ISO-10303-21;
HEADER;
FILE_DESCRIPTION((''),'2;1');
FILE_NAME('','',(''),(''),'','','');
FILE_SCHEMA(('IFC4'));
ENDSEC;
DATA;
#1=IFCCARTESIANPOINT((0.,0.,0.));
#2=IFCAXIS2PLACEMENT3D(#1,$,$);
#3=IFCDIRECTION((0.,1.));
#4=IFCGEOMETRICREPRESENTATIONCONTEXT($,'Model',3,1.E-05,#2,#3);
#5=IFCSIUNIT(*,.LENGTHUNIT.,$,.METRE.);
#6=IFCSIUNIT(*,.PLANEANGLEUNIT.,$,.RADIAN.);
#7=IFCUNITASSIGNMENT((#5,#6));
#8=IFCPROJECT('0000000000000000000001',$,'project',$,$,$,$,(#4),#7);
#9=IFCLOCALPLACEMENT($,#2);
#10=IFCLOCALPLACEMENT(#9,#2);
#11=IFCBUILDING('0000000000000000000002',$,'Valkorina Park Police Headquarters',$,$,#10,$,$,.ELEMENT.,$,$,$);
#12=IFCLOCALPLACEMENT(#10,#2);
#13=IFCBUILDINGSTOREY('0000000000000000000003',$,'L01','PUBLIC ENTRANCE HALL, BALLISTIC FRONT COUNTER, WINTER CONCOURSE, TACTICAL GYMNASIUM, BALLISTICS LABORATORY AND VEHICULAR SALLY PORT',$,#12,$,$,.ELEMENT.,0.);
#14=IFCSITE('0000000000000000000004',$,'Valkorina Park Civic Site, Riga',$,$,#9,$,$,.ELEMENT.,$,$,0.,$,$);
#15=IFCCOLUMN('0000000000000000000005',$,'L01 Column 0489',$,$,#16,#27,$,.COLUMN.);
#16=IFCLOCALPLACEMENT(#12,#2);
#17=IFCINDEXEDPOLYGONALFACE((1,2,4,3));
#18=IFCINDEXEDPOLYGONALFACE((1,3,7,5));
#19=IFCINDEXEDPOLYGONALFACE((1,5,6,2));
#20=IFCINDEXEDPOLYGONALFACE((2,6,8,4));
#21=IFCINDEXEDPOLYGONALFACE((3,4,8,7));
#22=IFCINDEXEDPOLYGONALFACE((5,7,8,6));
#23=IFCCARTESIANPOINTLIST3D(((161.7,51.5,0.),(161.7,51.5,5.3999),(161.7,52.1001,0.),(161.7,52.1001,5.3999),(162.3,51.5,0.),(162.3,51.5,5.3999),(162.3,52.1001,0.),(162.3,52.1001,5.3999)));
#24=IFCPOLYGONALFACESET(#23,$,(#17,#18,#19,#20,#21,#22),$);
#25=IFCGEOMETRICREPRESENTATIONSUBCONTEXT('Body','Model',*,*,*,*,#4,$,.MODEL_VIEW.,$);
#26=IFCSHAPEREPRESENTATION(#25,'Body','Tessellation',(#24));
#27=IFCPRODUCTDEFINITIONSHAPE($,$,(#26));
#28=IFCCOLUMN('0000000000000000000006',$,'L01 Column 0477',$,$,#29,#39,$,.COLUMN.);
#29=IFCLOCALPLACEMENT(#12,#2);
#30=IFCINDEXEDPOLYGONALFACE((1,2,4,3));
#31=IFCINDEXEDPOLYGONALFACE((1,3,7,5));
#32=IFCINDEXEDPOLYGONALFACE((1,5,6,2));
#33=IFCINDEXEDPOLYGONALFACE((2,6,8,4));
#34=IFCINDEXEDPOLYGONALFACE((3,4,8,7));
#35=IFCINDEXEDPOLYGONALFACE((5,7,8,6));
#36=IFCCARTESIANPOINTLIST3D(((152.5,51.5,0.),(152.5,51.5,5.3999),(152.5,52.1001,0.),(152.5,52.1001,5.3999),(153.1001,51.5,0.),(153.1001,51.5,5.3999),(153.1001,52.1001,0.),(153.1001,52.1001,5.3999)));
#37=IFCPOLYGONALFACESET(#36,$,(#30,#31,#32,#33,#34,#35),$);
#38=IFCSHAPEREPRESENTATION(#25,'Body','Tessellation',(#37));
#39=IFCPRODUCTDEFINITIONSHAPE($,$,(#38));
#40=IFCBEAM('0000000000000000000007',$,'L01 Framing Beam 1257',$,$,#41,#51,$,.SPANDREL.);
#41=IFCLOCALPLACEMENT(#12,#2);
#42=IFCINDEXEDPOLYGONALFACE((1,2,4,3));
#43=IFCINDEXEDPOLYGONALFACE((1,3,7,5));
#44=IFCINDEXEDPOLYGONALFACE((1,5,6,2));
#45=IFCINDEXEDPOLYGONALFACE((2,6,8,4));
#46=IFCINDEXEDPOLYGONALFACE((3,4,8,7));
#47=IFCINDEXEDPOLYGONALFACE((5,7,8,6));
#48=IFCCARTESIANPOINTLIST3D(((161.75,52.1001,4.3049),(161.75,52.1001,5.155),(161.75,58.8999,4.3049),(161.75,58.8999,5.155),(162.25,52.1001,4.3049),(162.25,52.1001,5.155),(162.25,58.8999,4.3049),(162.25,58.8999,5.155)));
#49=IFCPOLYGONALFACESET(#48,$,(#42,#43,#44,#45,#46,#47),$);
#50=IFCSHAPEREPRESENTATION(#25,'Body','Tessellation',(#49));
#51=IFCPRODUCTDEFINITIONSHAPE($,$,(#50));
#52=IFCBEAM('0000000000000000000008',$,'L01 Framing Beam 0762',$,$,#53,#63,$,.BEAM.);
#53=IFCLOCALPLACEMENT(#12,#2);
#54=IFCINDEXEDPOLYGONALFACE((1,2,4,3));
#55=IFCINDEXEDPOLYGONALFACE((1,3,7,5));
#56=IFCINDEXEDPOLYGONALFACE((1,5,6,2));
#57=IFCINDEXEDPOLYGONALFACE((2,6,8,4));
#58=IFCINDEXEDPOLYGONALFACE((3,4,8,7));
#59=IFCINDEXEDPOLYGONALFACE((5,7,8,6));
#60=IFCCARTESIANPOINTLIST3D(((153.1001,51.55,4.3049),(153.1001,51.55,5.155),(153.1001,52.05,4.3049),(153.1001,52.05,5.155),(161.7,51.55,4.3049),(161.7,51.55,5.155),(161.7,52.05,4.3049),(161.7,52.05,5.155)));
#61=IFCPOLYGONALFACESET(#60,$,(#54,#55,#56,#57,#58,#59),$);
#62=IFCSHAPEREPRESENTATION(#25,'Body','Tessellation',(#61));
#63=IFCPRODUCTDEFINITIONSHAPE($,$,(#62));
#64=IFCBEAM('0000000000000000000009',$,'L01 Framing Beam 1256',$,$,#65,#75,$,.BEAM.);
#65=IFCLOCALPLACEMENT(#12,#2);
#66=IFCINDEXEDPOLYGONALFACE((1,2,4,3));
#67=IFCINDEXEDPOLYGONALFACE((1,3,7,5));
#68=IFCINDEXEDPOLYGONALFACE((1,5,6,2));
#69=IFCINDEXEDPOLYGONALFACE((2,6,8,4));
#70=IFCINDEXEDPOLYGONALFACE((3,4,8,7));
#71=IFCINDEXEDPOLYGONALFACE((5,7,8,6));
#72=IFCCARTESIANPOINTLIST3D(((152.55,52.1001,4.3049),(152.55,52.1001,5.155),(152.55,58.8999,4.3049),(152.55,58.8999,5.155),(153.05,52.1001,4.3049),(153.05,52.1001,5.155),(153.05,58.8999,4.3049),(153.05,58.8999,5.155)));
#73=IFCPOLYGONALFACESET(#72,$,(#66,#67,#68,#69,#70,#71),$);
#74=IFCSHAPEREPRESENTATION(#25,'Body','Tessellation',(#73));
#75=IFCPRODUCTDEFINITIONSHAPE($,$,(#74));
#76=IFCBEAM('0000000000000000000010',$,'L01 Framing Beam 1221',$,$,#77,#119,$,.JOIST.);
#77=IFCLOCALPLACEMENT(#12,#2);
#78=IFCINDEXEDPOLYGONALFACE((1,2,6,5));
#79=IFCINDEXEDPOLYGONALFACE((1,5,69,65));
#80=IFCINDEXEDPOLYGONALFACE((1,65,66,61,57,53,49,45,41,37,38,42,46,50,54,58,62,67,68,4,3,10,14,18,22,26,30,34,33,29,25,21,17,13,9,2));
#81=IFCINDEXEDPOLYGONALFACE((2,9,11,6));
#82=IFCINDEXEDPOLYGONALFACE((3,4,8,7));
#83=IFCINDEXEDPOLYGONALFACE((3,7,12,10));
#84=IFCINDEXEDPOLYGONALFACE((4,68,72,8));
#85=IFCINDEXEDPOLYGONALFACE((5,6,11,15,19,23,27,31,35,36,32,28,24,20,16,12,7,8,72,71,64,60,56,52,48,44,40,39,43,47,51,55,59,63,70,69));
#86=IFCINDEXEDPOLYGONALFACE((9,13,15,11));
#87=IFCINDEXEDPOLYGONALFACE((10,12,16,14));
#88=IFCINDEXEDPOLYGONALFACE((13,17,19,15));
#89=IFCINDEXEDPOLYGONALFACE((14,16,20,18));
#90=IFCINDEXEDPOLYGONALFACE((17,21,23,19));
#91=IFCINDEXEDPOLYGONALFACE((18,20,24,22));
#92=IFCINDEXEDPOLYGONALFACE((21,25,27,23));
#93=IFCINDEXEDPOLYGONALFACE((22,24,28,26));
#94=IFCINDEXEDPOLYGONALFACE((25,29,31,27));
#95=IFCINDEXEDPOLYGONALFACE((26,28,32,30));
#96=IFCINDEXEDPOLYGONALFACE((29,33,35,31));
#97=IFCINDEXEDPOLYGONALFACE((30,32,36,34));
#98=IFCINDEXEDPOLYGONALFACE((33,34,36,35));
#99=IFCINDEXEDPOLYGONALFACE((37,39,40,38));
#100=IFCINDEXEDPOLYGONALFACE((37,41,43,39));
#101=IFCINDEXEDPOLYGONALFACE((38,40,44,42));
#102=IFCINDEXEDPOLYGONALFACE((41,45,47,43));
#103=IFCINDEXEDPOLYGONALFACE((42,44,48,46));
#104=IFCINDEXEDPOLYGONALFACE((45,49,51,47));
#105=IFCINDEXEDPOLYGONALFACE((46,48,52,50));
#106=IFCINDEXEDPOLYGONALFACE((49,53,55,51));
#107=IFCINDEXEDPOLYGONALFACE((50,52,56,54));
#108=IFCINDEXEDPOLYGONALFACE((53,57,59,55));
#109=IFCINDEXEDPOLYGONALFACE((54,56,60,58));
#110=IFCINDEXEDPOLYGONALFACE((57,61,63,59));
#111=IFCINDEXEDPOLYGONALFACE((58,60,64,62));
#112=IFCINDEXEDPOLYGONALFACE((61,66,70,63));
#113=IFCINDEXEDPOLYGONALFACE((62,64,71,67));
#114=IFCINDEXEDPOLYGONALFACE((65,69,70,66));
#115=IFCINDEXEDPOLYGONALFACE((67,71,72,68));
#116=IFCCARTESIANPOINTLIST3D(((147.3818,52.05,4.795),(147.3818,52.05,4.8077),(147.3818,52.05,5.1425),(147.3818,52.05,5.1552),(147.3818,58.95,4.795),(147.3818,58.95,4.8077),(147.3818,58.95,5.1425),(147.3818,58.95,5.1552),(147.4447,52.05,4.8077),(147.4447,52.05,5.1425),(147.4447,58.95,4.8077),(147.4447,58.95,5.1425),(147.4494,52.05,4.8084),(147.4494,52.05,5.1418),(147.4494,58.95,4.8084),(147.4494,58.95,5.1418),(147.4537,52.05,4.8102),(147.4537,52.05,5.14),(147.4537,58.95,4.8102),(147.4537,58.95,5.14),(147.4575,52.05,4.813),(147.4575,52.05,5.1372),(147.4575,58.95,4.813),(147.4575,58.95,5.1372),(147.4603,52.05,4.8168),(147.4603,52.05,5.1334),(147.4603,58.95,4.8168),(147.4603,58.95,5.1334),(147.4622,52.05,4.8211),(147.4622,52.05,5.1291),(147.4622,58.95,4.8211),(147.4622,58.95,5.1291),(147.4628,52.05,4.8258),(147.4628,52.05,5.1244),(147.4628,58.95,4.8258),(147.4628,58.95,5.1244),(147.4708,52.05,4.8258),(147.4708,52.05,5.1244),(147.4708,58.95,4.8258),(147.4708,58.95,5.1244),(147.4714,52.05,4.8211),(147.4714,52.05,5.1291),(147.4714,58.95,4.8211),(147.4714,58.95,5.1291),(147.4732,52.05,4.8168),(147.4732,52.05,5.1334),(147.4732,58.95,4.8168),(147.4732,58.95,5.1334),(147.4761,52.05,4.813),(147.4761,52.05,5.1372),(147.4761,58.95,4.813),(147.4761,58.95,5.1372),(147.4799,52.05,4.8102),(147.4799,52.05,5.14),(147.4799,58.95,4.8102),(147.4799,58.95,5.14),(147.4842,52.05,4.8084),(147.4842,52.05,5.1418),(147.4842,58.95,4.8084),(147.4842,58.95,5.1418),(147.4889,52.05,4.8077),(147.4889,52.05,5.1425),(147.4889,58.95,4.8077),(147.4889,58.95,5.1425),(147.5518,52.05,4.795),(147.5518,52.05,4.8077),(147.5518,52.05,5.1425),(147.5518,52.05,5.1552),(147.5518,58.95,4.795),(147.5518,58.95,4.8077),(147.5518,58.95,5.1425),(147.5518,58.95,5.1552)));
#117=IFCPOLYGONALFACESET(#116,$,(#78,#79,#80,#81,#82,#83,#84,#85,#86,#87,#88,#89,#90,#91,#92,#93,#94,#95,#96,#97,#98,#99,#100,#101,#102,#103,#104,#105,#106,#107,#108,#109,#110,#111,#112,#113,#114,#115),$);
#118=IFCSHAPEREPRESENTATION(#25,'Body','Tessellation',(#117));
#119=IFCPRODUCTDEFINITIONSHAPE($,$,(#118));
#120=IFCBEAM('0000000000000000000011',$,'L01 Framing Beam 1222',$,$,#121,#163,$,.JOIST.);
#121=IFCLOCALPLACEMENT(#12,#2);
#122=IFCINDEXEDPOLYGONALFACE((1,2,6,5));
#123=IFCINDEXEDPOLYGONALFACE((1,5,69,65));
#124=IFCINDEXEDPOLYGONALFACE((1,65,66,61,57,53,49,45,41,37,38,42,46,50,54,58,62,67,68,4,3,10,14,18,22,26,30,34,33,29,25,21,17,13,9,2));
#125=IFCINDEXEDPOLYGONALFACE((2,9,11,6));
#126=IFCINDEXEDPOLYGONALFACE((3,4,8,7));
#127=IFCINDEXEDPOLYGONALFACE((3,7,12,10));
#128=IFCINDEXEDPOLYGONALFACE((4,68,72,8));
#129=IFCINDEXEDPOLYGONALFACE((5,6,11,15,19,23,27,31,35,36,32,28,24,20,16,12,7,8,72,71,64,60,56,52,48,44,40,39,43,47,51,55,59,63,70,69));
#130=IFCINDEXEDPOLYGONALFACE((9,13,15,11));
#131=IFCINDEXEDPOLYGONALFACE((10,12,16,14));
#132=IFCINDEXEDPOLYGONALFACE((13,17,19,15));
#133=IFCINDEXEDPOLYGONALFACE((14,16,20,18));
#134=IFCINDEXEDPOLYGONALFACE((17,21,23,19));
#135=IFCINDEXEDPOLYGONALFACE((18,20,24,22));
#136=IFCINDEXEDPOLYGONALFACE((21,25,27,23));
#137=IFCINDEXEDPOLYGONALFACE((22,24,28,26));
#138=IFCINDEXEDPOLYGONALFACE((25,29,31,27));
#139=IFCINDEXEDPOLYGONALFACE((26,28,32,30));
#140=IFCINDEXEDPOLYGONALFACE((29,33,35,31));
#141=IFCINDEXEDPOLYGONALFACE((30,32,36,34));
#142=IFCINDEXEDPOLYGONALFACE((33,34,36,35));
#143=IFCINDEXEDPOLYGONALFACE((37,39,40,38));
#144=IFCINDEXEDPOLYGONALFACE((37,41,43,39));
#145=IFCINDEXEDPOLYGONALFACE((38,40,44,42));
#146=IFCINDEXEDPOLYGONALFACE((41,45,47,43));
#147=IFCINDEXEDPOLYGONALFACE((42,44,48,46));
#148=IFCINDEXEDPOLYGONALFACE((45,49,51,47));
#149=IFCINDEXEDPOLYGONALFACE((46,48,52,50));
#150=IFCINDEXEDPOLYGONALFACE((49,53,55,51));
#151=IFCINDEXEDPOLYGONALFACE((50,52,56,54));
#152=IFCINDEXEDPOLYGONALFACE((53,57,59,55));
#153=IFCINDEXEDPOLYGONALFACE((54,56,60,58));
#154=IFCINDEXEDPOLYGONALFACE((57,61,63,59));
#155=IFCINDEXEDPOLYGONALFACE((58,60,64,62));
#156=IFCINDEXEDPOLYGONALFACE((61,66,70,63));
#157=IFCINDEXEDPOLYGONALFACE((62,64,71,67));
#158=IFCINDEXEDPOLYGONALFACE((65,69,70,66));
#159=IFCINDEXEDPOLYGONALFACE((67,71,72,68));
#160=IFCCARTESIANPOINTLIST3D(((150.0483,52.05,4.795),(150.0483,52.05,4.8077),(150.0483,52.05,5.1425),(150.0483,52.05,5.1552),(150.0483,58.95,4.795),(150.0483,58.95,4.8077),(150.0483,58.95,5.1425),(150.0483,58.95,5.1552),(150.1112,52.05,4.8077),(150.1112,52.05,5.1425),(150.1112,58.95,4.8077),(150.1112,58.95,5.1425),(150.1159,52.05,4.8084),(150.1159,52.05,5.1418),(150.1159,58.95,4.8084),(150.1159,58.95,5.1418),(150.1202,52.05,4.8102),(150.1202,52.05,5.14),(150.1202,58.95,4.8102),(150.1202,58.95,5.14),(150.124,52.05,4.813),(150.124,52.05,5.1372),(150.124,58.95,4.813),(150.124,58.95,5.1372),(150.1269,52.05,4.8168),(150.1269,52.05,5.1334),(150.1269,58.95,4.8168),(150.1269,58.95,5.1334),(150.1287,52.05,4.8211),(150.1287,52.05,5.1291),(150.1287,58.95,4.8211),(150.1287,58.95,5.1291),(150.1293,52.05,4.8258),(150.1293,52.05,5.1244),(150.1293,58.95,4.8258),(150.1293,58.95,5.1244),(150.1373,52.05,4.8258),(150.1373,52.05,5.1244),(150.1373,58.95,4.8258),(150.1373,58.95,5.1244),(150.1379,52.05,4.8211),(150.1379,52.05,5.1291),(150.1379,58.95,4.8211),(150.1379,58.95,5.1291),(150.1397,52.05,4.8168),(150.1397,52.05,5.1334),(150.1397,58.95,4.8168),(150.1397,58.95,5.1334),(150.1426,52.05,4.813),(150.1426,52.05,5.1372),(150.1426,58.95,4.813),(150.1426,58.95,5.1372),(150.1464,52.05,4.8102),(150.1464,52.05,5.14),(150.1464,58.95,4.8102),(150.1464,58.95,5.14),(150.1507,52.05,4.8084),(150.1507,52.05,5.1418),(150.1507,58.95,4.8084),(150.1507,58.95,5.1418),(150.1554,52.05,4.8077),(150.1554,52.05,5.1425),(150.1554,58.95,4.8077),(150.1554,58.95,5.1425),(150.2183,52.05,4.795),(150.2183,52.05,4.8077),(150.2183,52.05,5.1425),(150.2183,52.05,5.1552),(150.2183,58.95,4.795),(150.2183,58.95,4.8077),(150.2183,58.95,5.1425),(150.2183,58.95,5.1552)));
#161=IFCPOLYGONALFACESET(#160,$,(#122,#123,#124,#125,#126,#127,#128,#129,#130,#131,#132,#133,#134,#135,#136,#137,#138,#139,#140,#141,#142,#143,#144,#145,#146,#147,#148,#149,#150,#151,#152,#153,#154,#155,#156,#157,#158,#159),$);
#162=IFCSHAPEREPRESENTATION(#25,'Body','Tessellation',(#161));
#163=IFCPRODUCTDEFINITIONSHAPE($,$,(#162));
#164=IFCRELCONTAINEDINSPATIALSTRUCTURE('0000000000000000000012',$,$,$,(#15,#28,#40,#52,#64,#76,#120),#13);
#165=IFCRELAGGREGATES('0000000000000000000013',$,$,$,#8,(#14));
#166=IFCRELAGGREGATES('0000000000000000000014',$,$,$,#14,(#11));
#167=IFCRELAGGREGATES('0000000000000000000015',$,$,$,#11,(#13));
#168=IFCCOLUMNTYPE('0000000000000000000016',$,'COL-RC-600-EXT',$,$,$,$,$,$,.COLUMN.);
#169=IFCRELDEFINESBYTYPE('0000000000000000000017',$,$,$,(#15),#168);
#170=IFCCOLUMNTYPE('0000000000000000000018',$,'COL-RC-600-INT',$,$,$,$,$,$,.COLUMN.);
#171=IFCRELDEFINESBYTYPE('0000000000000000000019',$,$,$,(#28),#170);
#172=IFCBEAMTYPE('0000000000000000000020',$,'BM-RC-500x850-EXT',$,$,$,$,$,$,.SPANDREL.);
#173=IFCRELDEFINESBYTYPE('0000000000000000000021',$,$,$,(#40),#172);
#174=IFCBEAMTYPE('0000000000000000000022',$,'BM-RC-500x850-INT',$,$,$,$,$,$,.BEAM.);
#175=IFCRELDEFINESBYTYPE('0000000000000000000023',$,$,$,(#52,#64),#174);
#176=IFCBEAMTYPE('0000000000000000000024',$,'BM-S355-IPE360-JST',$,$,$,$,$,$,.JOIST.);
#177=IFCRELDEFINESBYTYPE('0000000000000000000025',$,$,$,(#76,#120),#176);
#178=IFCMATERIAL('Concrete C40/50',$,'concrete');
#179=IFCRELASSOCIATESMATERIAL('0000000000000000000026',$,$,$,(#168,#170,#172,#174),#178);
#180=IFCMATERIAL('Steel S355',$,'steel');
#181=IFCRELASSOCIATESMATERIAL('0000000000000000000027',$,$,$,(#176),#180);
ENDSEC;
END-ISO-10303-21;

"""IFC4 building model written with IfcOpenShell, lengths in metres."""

from ifc_helpers import new_model, si_unit, direction, frame, origin, origin_2d, place, context, subcontext, project, spatial, rectangle, i_section, extrude, material, material_profile, profile_set, type_object, element, save


model = new_model("IFC4")

# Units and contexts
model_context = context("Model", 3, precision=1e-05, world=origin(), true_north=direction((0.0, 1.0)))
body_context = subcontext(model_context, "Body", "Model", "MODEL_VIEW")
ifc_project = project(units=[si_unit("LENGTHUNIT", "METRE"), si_unit("PLANEANGLEUNIT", "RADIAN")], contexts=[model_context])

# Site, building, storey
site_placement = place(None, origin())
site = spatial("IfcSite", under=ifc_project, at=site_placement, Name="Valkorina Park Civic Site, Riga", CompositionType="ELEMENT", RefElevation=0.0)
building_placement = place(site_placement, origin())
building = spatial("IfcBuilding", under=site, at=building_placement, Name="Valkorina Park Police Headquarters", CompositionType="ELEMENT")
storey_placement = place(building_placement, origin())
storey = spatial("IfcBuildingStorey", under=building, at=storey_placement, Name="L01", Description="PUBLIC ENTRANCE HALL, BALLISTIC FRONT COUNTER, WINTER CONCOURSE, TACTICAL GYMNASIUM, BALLISTICS LABORATORY AND VEHICULAR SALLY PORT", CompositionType="ELEMENT", Elevation=0.0)

# Columns
ifc_material_1 = material(Name="Concrete C40/50", Category="concrete")
ifc_material_profile_1 = material_profile(ifc_material_1, rectangle(XDim=0.6001, YDim=0.6001, at=origin_2d()), Name="RC COL 600x600")
ifc_profile_set_1 = profile_set([ifc_material_profile_1], Name="Concrete C40/50")
column_type_1 = type_object("IfcColumnType", Name="COL-RC-600-EXT", PredefinedType="COLUMN", material=ifc_profile_set_1)
column_1_placement = place(storey_placement, frame((162.0, 51.8, 0.0), z_axis=(0.0, 0.0, 1.0), x_axis=(1.0, 0.0, 0.0)))
element("IfcColumn", 1, at=column_1_placement, inside=storey, type_object=column_type_1, Name="L01 Column 0489", PredefinedType="COLUMN", context=body_context, shape_type="SweptSolid", body=[
    extrude(rectangle(XDim=0.6001, YDim=0.6001, at=origin_2d()), origin(), (0.0, 0.0, 1.0), 5.3999),
])
ifc_material_profile_2 = material_profile(ifc_material_1, rectangle(XDim=0.6001, YDim=0.6001, at=origin_2d()), Name="RC COL 600x600")
ifc_profile_set_2 = profile_set([ifc_material_profile_2], Name="Concrete C40/50")
column_type_2 = type_object("IfcColumnType", Name="COL-RC-600-INT", PredefinedType="COLUMN", material=ifc_profile_set_2)
column_2_placement = place(storey_placement, frame((152.8, 51.8, 0.0), z_axis=(0.0, 0.0, 1.0), x_axis=(1.0, 0.0, 0.0)))
element("IfcColumn", 2, at=column_2_placement, inside=storey, type_object=column_type_2, Name="L01 Column 0477", PredefinedType="COLUMN", context=body_context, shape_type="SweptSolid", body=[
    extrude(rectangle(XDim=0.6001, YDim=0.6001, at=origin_2d()), origin(), (0.0, 0.0, 1.0), 5.3999),
])

# Beams
ifc_material_profile_3 = material_profile(ifc_material_1, rectangle(XDim=0.5, YDim=0.8501, at=origin_2d()), Name="RC BEAM 500x850")
ifc_profile_set_3 = profile_set([ifc_material_profile_3], Name="Concrete C40/50")
beam_type_1 = type_object("IfcBeamType", Name="BM-RC-500x850-EXT", PredefinedType="SPANDREL", material=ifc_profile_set_3)
beam_1_placement = place(storey_placement, frame((162.0, 52.1001, 4.73), z_axis=(0.0, 1.0, 0.0), x_axis=(-1.0, 0.0, 0.0)))
element("IfcBeam", 3, at=beam_1_placement, inside=storey, type_object=beam_type_1, Name="L01 Framing Beam 1257", PredefinedType="SPANDREL", context=body_context, shape_type="SweptSolid", body=[
    extrude(rectangle(XDim=0.5, YDim=0.8501, at=origin_2d()), origin(), (0.0, 0.0, 1.0), 6.7998),
])
ifc_material_profile_4 = material_profile(ifc_material_1, rectangle(XDim=0.5, YDim=0.8501, at=origin_2d()), Name="RC BEAM 500x850")
ifc_profile_set_4 = profile_set([ifc_material_profile_4], Name="Concrete C40/50")
beam_type_2 = type_object("IfcBeamType", Name="BM-RC-500x850-INT", PredefinedType="BEAM", material=ifc_profile_set_4)
beam_2_placement = place(storey_placement, frame((153.1001, 51.8, 4.73), z_axis=(1.0, 0.0, 0.0), x_axis=(0.0, 1.0, 0.0)))
element("IfcBeam", 4, at=beam_2_placement, inside=storey, type_object=beam_type_2, Name="L01 Framing Beam 0762", PredefinedType="BEAM", context=body_context, shape_type="SweptSolid", body=[
    extrude(rectangle(XDim=0.5, YDim=0.8501, at=origin_2d()), origin(), (0.0, 0.0, 1.0), 8.5999),
])
beam_3_placement = place(storey_placement, frame((152.8, 52.1001, 4.73), z_axis=(0.0, 1.0, 0.0), x_axis=(-1.0, 0.0, 0.0)))
element("IfcBeam", 5, at=beam_3_placement, inside=storey, type_object=beam_type_2, Name="L01 Framing Beam 1256", PredefinedType="BEAM", context=body_context, shape_type="SweptSolid", body=[
    extrude(rectangle(XDim=0.5, YDim=0.8501, at=origin_2d()), origin(), (0.0, 0.0, 1.0), 6.7998),
])
ifc_material_2 = material(Name="Steel S355", Category="steel")
ifc_material_profile_5 = material_profile(ifc_material_2, i_section(OverallWidth=0.1699, OverallDepth=0.3601, WebThickness=0.0081, FlangeThickness=0.0127, FilletRadius=0.0181, at=origin_2d()), Name="IPE 360")
ifc_profile_set_5 = profile_set([ifc_material_profile_5], Name="Steel S355")
beam_type_3 = type_object("IfcBeamType", Name="BM-S355-IPE360-JST", PredefinedType="JOIST", material=ifc_profile_set_5)
for number, where, z_axis, x_axis, name in (
    (6, (147.4668, 52.05, 4.9751), (0.0, 1.0, 0.0), (-1.0, 0.0, 0.0), "L01 Framing Beam 1221"),
    (7, (150.1333, 52.05, 4.9751), (0.0, 1.0, 0.0), (-1.0, 0.0, 0.0), "L01 Framing Beam 1222"),
):
    element("IfcBeam", number, at=place(storey_placement, frame(where, z_axis=z_axis, x_axis=x_axis)), inside=storey, type_object=beam_type_3, Name=name, PredefinedType="JOIST", context=body_context, shape_type="SweptSolid", body=[
        extrude(i_section(OverallWidth=0.1699, OverallDepth=0.3601, WebThickness=0.0081, FlangeThickness=0.0127, FilletRadius=0.0181, at=origin_2d()), origin(), (0.0, 0.0, 1.0), 6.8999),
    ])

save(model, "model.ifc")
